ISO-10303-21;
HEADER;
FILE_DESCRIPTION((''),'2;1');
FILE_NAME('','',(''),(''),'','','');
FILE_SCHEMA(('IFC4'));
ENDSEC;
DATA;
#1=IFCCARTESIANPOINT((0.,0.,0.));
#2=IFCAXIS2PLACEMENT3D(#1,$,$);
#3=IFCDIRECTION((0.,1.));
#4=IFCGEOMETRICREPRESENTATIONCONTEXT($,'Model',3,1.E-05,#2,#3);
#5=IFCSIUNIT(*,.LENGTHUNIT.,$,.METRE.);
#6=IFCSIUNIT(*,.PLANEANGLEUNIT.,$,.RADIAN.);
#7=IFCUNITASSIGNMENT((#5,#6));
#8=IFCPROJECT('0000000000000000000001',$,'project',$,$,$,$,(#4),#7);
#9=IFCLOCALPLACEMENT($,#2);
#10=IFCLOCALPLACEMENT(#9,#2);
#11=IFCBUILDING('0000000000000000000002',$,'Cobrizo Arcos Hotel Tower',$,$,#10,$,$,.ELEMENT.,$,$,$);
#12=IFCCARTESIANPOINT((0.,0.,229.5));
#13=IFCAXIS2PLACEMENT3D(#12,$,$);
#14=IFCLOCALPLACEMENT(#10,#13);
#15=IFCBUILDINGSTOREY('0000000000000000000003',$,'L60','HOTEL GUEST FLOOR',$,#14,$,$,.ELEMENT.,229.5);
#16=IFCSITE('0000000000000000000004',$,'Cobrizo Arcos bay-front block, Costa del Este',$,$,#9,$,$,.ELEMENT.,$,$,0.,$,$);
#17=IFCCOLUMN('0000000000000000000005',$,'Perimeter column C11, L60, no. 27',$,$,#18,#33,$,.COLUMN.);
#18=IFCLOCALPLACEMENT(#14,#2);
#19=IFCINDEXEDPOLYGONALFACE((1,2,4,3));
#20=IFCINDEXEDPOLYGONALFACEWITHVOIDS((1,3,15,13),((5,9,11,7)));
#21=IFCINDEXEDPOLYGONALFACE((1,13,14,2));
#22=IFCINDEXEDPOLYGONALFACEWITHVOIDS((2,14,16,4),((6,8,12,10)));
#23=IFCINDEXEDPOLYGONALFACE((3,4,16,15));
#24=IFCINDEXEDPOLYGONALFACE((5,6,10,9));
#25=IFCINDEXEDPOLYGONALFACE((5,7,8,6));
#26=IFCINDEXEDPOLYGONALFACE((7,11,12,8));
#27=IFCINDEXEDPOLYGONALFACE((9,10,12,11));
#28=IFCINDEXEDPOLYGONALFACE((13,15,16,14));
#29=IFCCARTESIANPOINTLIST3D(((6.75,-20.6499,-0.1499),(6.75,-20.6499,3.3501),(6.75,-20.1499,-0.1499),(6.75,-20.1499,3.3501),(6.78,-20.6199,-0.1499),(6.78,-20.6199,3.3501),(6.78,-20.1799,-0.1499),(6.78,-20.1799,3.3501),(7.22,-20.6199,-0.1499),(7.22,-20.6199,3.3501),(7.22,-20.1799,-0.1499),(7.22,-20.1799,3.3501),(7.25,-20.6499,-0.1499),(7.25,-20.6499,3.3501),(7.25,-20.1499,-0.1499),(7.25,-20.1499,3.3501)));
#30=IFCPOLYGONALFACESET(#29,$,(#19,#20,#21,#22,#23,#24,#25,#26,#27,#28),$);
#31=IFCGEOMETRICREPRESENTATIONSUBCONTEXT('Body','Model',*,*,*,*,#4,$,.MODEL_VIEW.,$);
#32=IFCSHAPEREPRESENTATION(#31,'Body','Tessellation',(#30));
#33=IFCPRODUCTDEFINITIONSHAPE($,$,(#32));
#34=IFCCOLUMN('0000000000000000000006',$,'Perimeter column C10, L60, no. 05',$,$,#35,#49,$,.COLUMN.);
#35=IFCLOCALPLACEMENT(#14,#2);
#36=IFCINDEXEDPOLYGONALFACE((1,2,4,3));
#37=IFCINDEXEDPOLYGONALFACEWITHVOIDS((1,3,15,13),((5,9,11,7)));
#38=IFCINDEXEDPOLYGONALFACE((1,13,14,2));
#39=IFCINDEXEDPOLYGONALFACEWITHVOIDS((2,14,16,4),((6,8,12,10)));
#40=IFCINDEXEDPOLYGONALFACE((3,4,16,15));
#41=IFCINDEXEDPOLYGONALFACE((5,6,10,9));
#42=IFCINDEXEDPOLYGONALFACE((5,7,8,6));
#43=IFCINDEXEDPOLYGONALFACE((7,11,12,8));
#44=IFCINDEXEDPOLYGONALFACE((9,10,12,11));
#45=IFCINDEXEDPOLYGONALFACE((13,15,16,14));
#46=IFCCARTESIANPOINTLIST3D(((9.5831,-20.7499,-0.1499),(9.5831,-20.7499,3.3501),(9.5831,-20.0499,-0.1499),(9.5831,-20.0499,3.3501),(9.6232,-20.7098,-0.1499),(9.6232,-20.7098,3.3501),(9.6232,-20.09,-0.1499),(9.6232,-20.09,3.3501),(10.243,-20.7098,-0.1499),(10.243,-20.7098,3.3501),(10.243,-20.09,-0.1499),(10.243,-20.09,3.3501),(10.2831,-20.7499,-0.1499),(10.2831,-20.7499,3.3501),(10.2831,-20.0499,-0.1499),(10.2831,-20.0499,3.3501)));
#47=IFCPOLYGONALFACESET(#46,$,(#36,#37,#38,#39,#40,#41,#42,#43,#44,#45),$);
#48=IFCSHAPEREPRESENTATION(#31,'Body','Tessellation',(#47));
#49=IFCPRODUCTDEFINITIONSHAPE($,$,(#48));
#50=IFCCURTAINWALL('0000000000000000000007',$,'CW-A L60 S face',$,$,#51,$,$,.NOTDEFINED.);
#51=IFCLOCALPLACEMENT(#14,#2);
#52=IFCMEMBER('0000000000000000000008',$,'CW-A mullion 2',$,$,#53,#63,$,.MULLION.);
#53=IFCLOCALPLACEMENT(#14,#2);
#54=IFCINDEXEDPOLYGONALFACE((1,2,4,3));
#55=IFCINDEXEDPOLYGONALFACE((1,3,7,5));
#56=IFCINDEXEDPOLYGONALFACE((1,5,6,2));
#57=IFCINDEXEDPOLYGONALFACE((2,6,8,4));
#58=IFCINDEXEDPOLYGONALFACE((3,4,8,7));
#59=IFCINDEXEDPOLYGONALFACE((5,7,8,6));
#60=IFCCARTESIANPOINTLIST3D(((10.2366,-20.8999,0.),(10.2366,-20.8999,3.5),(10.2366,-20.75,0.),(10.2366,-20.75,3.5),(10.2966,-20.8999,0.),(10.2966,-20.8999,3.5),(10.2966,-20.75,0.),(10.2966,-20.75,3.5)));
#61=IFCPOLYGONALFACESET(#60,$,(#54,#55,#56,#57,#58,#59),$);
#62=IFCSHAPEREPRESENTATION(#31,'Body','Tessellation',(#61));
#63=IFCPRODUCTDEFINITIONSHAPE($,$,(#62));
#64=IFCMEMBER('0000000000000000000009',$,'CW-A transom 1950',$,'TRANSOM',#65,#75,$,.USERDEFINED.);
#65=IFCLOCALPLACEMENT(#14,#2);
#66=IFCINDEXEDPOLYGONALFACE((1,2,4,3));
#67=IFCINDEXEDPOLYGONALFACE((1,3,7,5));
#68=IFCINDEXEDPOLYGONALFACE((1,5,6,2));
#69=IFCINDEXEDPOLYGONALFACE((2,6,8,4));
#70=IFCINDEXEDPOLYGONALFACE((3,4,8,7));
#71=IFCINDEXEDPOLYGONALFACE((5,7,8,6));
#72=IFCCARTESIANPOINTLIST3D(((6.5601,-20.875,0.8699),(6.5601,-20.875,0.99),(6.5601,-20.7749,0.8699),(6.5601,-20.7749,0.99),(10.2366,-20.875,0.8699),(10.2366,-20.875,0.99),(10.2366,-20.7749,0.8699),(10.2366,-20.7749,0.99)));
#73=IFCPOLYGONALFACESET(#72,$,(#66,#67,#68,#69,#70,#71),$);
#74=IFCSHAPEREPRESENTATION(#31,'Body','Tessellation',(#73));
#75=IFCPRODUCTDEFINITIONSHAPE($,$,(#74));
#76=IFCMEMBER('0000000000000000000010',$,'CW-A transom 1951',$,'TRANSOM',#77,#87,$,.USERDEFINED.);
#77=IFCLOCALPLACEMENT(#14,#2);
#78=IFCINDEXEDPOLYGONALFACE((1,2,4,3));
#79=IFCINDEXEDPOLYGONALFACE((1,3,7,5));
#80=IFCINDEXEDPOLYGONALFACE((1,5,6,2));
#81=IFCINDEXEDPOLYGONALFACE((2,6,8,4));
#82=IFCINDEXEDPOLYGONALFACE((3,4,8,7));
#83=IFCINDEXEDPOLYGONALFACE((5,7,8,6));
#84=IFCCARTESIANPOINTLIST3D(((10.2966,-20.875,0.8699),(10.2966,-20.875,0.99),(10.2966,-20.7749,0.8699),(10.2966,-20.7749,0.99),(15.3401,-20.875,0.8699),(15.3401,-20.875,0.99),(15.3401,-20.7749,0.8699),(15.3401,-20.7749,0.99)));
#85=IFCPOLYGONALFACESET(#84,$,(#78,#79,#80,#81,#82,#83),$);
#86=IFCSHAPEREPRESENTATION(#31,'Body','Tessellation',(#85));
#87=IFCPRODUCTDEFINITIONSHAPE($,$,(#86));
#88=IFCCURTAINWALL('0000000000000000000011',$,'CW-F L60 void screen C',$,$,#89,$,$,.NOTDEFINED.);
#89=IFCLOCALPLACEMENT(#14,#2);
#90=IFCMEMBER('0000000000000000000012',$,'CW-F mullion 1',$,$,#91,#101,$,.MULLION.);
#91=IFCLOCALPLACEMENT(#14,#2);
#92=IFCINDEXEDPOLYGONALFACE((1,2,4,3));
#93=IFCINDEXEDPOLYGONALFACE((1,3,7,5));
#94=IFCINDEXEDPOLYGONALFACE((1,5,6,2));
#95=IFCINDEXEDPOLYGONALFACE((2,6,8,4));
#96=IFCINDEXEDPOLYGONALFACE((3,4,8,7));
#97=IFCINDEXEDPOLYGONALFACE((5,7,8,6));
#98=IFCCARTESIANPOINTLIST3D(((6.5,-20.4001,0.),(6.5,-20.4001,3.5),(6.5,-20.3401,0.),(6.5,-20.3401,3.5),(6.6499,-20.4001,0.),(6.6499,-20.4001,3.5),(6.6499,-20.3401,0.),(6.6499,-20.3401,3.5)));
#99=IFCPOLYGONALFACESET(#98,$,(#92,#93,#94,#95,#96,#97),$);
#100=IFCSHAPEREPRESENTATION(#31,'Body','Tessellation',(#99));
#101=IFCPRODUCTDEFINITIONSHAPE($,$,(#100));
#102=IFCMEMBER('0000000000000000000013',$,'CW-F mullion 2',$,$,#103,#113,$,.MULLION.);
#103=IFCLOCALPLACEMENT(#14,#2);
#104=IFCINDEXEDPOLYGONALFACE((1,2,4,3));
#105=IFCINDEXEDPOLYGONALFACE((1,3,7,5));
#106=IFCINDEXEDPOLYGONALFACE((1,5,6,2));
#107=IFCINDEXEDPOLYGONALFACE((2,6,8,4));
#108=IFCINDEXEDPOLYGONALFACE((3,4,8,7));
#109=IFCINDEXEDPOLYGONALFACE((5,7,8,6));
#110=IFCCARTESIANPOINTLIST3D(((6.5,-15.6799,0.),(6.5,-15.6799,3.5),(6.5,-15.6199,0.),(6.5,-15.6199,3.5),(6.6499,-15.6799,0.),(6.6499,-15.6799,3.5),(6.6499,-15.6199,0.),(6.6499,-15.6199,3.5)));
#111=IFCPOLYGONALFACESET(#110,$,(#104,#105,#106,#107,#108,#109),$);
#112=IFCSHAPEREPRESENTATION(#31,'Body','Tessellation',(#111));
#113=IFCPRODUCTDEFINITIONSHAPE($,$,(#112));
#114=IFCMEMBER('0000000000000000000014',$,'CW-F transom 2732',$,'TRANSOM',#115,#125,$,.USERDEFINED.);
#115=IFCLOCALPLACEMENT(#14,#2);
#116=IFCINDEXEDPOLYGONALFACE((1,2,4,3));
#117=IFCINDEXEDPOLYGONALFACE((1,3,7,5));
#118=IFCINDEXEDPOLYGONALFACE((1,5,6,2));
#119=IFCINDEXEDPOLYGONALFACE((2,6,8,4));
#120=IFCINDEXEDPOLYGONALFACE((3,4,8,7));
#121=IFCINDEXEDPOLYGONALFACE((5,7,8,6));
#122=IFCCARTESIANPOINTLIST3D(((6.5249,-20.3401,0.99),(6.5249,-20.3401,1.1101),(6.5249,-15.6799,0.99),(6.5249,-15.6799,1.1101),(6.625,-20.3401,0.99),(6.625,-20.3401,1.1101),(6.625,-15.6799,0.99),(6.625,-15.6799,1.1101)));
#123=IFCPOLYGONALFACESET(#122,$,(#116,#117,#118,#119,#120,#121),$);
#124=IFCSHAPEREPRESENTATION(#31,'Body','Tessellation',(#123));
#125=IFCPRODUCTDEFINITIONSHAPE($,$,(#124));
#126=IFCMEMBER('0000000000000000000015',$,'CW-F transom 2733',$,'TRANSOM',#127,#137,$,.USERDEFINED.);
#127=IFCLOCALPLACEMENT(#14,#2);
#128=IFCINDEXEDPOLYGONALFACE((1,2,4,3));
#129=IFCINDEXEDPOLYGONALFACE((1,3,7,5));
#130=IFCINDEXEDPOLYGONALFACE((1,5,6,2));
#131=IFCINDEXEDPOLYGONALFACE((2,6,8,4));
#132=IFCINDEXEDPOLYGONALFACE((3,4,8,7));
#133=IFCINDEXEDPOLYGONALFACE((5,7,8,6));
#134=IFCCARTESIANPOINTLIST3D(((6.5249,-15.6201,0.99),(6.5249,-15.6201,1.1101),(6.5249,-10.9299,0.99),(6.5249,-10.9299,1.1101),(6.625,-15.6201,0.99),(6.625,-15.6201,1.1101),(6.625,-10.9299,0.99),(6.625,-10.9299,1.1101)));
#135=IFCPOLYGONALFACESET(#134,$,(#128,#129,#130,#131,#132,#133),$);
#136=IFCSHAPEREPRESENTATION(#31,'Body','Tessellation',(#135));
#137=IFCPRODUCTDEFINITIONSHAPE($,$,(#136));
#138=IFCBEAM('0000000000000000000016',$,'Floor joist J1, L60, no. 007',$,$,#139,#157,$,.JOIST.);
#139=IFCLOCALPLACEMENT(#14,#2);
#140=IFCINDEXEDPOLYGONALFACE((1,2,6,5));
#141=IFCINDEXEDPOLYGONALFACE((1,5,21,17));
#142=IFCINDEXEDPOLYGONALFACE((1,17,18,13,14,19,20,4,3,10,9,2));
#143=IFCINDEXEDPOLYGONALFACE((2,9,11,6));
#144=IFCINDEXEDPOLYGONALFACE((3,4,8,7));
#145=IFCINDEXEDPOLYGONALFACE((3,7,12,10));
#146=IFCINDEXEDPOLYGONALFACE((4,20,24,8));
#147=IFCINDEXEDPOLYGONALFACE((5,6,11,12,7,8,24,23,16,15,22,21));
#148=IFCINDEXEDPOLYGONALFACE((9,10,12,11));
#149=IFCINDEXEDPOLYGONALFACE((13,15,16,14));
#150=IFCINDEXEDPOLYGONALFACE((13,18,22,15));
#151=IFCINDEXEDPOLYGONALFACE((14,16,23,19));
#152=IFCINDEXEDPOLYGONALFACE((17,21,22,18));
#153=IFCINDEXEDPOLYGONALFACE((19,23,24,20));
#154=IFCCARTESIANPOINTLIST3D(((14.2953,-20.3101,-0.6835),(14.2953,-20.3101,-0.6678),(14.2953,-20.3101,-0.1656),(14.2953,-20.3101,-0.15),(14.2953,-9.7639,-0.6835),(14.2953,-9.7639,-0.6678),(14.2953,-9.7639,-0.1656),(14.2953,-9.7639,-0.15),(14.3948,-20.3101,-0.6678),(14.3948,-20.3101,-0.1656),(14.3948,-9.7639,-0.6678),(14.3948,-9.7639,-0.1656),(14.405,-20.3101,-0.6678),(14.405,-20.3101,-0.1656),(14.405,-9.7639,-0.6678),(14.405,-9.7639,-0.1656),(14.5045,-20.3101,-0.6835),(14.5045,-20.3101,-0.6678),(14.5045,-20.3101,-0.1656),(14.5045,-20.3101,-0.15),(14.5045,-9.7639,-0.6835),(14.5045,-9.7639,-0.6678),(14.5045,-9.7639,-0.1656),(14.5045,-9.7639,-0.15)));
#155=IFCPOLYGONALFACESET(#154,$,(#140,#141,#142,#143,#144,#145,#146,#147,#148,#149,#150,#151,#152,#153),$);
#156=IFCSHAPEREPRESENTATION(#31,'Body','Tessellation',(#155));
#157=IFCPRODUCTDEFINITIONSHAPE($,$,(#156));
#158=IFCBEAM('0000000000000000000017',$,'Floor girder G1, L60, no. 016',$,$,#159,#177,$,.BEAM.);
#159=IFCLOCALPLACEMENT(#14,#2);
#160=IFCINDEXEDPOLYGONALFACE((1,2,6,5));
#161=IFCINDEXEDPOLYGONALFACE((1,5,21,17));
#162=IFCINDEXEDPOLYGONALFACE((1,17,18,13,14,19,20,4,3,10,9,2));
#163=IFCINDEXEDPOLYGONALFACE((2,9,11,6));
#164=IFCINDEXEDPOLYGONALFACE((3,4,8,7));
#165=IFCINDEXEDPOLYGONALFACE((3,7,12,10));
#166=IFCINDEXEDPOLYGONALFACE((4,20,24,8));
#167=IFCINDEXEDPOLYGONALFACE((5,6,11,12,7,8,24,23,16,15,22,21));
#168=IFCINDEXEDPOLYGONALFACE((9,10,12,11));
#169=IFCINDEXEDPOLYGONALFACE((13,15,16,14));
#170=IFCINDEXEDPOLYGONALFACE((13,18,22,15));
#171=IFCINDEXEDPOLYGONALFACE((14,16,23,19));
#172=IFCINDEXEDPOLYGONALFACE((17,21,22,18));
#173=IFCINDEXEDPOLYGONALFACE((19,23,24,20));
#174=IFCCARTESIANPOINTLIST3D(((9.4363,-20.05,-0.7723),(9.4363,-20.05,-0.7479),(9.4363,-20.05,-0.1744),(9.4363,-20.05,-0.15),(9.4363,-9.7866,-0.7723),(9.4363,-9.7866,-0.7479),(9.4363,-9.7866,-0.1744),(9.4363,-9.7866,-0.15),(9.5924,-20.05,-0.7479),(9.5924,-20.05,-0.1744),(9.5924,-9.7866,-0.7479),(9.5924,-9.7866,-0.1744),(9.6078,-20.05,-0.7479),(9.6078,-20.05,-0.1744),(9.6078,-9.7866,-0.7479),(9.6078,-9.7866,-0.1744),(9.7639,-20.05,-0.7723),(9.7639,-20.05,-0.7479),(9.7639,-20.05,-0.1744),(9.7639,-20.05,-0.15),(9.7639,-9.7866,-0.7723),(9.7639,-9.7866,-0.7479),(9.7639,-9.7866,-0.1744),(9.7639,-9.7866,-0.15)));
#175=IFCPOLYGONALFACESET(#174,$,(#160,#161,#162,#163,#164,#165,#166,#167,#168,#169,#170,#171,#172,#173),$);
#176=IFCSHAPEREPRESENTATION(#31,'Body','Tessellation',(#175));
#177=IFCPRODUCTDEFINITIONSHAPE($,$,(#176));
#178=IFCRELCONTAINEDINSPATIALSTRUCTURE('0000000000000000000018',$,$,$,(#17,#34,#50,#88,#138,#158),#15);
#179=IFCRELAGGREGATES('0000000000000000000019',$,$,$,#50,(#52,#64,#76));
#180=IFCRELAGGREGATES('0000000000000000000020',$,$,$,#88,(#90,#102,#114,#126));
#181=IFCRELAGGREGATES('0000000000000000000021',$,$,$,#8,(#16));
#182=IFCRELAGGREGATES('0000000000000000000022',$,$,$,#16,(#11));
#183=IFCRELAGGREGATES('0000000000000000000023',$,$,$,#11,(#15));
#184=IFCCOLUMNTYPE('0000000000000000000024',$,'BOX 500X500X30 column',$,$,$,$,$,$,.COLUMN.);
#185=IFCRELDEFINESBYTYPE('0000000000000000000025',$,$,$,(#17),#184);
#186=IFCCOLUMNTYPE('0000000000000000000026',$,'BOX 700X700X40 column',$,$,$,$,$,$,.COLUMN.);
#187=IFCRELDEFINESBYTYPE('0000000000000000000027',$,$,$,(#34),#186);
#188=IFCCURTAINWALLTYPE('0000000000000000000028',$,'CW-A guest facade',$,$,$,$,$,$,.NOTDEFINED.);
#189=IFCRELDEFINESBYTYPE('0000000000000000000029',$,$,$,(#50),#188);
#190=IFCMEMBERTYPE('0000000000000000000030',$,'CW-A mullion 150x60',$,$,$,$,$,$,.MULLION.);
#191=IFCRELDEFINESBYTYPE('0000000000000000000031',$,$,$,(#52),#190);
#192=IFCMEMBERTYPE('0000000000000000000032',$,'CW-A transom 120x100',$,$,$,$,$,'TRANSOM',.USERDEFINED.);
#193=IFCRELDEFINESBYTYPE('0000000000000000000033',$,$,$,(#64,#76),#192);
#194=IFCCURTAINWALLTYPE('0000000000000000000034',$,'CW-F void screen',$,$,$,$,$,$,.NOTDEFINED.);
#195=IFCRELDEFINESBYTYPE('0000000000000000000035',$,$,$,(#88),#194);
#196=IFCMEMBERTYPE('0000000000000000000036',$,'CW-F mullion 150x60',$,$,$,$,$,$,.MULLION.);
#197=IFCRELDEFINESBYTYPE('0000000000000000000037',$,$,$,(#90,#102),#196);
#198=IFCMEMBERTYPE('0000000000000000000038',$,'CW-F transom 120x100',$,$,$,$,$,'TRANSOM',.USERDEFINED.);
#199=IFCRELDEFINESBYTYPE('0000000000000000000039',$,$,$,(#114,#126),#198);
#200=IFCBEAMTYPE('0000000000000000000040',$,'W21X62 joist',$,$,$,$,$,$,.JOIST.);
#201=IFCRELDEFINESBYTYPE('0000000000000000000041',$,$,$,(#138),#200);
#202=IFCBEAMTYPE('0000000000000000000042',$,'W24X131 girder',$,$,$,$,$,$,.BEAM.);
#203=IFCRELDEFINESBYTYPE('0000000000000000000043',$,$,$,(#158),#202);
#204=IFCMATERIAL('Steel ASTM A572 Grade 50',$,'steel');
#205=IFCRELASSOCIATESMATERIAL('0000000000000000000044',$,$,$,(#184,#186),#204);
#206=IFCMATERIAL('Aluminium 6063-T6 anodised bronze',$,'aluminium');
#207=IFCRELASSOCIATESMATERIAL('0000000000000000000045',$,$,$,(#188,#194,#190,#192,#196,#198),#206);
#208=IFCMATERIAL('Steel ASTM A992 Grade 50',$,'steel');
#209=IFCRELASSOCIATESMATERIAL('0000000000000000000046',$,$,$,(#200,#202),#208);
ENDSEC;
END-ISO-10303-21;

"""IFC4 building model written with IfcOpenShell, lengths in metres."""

from ifc_helpers import new_model, si_unit, direction, frame, origin, origin_2d, place, context, subcontext, project, spatial, rectangle, hollow_rectangle, i_section, extrude, material, material_profile, profile_set, type_object, element, aggregate, save


model = new_model("IFC4")

# Units and contexts
model_context = context("Model", 3, precision=1e-05, world=origin(), true_north=direction((0.0, 1.0)))
body_context = subcontext(model_context, "Body", "Model", "MODEL_VIEW")
ifc_project = project(units=[si_unit("LENGTHUNIT", "METRE"), si_unit("PLANEANGLEUNIT", "RADIAN")], contexts=[model_context])

# Site, building, storey
site_placement = place(None, origin())
site = spatial("IfcSite", under=ifc_project, at=site_placement, Name="Cobrizo Arcos bay-front block, Costa del Este", CompositionType="ELEMENT", RefElevation=0.0)
building_placement = place(site_placement, origin())
building = spatial("IfcBuilding", under=site, at=building_placement, Name="Cobrizo Arcos Hotel Tower", CompositionType="ELEMENT")
storey_placement = place(building_placement, frame((0.0, 0.0, 229.5)))
storey = spatial("IfcBuildingStorey", under=building, at=storey_placement, Name="L60", Description="HOTEL GUEST FLOOR", CompositionType="ELEMENT", Elevation=229.5)

# Columns
ifc_material_1 = material(Name="Steel ASTM A572 Grade 50", Category="steel")
ifc_material_profile_1 = material_profile(ifc_material_1, hollow_rectangle(XDim=0.5, YDim=0.5, WallThickness=0.03, at=origin_2d()), Name="BOX 500X500X30")
ifc_profile_set_1 = profile_set([ifc_material_profile_1], Name="Steel ASTM A572 Grade 50")
column_type_1 = type_object("IfcColumnType", Name="BOX 500X500X30 column", PredefinedType="COLUMN", material=ifc_profile_set_1)
column_1_placement = place(storey_placement, frame((7.0, -20.3999, -0.1499), z_axis=(0.0, 0.0, 1.0), x_axis=(1.0, 0.0, 0.0)))
element("IfcColumn", 1, at=column_1_placement, inside=storey, type_object=column_type_1, Name="Perimeter column C11, L60, no. 27", PredefinedType="COLUMN", context=body_context, shape_type="SweptSolid", body=[
    extrude(hollow_rectangle(XDim=0.5, YDim=0.5, WallThickness=0.03, at=origin_2d()), origin(), (0.0, 0.0, 1.0), 3.5),
])
ifc_material_profile_2 = material_profile(ifc_material_1, hollow_rectangle(XDim=0.7, YDim=0.7, WallThickness=0.04, at=origin_2d()), Name="BOX 700X700X40")
ifc_profile_set_2 = profile_set([ifc_material_profile_2], Name="Steel ASTM A572 Grade 50")
column_type_2 = type_object("IfcColumnType", Name="BOX 700X700X40 column", PredefinedType="COLUMN", material=ifc_profile_set_2)
column_2_placement = place(storey_placement, frame((9.9331, -20.3999, -0.1499), z_axis=(0.0, 0.0, 1.0), x_axis=(1.0, 0.0, 0.0)))
element("IfcColumn", 2, at=column_2_placement, inside=storey, type_object=column_type_2, Name="Perimeter column C10, L60, no. 05", PredefinedType="COLUMN", context=body_context, shape_type="SweptSolid", body=[
    extrude(hollow_rectangle(XDim=0.7, YDim=0.7, WallThickness=0.04, at=origin_2d()), origin(), (0.0, 0.0, 1.0), 3.5),
])

# Curtain walls, members
ifc_material_2 = material(Name="Aluminium 6063-T6 anodised bronze", Category="aluminium")
curtain_wall_type_1 = type_object("IfcCurtainWallType", Name="CW-A guest facade", PredefinedType="NOTDEFINED", material=ifc_material_2)
curtain_wall_1_placement = place(storey_placement, origin())
curtain_wall_1 = element("IfcCurtainWall", 3, at=curtain_wall_1_placement, inside=storey, type_object=curtain_wall_type_1, Name="CW-A L60 S face", PredefinedType="NOTDEFINED")
ifc_material_profile_3 = material_profile(ifc_material_2, rectangle(XDim=0.1499, YDim=0.0601, at=origin_2d()), Name="CW-A mullion 150x60")
ifc_profile_set_3 = profile_set([ifc_material_profile_3], Name="Aluminium 6063-T6 anodised bronze")
member_type_1 = type_object("IfcMemberType", Name="CW-A mullion 150x60", PredefinedType="MULLION", material=ifc_profile_set_3)
member_1_placement = place(storey_placement, frame((10.2666, -20.825, 0.0), z_axis=(0.0, 0.0, 1.0), x_axis=(0.0, -1.0, 0.0)))
member_1 = element("IfcMember", 4, at=member_1_placement, type_object=member_type_1, Name="CW-A mullion 2", PredefinedType="MULLION", context=body_context, shape_type="SweptSolid", body=[
    extrude(rectangle(XDim=0.1499, YDim=0.0601, at=origin_2d()), origin(), (0.0, 0.0, 1.0), 3.5),
])
ifc_material_profile_4 = material_profile(ifc_material_2, rectangle(XDim=0.1001, YDim=0.1201, at=origin_2d()), Name="CW-A transom 120x100")
ifc_profile_set_4 = profile_set([ifc_material_profile_4], Name="Aluminium 6063-T6 anodised bronze")
member_type_2 = type_object("IfcMemberType", Name="CW-A transom 120x100", ElementType="TRANSOM", PredefinedType="USERDEFINED", material=ifc_profile_set_4)
member_2_placement = place(storey_placement, frame((6.5601, -20.825, 0.9299), z_axis=(1.0, 0.0, 0.0), x_axis=(0.0, 1.0, 0.0)))
member_2 = element("IfcMember", 5, at=member_2_placement, type_object=member_type_2, Name="CW-A transom 1950", ObjectType="TRANSOM", PredefinedType="USERDEFINED", context=body_context, shape_type="SweptSolid", body=[
    extrude(rectangle(XDim=0.1001, YDim=0.1201, at=origin_2d()), origin(), (0.0, 0.0, 1.0), 3.6765),
])
member_3_placement = place(storey_placement, frame((10.2966, -20.825, 0.9299), z_axis=(1.0, 0.0, 0.0), x_axis=(0.0, 1.0, 0.0)))
member_3 = element("IfcMember", 6, at=member_3_placement, type_object=member_type_2, Name="CW-A transom 1951", ObjectType="TRANSOM", PredefinedType="USERDEFINED", context=body_context, shape_type="SweptSolid", body=[
    extrude(rectangle(XDim=0.1001, YDim=0.1201, at=origin_2d()), origin(), (0.0, 0.0, 1.0), 5.0435),
])
curtain_wall_type_2 = type_object("IfcCurtainWallType", Name="CW-F void screen", PredefinedType="NOTDEFINED", material=ifc_material_2)
curtain_wall_2_placement = place(storey_placement, origin())
curtain_wall_2 = element("IfcCurtainWall", 7, at=curtain_wall_2_placement, inside=storey, type_object=curtain_wall_type_2, Name="CW-F L60 void screen C", PredefinedType="NOTDEFINED")
ifc_material_profile_5 = material_profile(ifc_material_2, rectangle(XDim=0.1499, YDim=0.0601, at=origin_2d()), Name="CW-F mullion 150x60")
ifc_profile_set_5 = profile_set([ifc_material_profile_5], Name="Aluminium 6063-T6 anodised bronze")
member_type_3 = type_object("IfcMemberType", Name="CW-F mullion 150x60", PredefinedType="MULLION", material=ifc_profile_set_5)
member_4_placement = place(storey_placement, frame((6.575, -20.3701, 0.0), z_axis=(0.0, 0.0, 1.0), x_axis=(1.0, 0.0, 0.0)))
member_4 = element("IfcMember", 8, at=member_4_placement, type_object=member_type_3, Name="CW-F mullion 1", PredefinedType="MULLION", context=body_context, shape_type="SweptSolid", body=[
    extrude(rectangle(XDim=0.1499, YDim=0.0601, at=origin_2d()), origin(), (0.0, 0.0, 1.0), 3.5),
])
member_5_placement = place(storey_placement, frame((6.575, -15.6499, 0.0), z_axis=(0.0, 0.0, 1.0), x_axis=(1.0, 0.0, 0.0)))
member_5 = element("IfcMember", 9, at=member_5_placement, type_object=member_type_3, Name="CW-F mullion 2", PredefinedType="MULLION", context=body_context, shape_type="SweptSolid", body=[
    extrude(rectangle(XDim=0.1499, YDim=0.0601, at=origin_2d()), origin(), (0.0, 0.0, 1.0), 3.5),
])
ifc_material_profile_6 = material_profile(ifc_material_2, rectangle(XDim=0.1001, YDim=0.1201, at=origin_2d()), Name="CW-F transom 120x100")
ifc_profile_set_6 = profile_set([ifc_material_profile_6], Name="Aluminium 6063-T6 anodised bronze")
member_type_4 = type_object("IfcMemberType", Name="CW-F transom 120x100", ElementType="TRANSOM", PredefinedType="USERDEFINED", material=ifc_profile_set_6)
member_6_placement = place(storey_placement, frame((6.575, -20.3401, 1.05), z_axis=(0.0, 1.0, 0.0), x_axis=(-1.0, 0.0, 0.0)))
member_6 = element("IfcMember", 10, at=member_6_placement, type_object=member_type_4, Name="CW-F transom 2732", ObjectType="TRANSOM", PredefinedType="USERDEFINED", context=body_context, shape_type="SweptSolid", body=[
    extrude(rectangle(XDim=0.1001, YDim=0.1201, at=origin_2d()), origin(), (0.0, 0.0, 1.0), 4.6602),
])
member_7_placement = place(storey_placement, frame((6.575, -15.6201, 1.05), z_axis=(0.0, 1.0, 0.0), x_axis=(-1.0, 0.0, 0.0)))
member_7 = element("IfcMember", 11, at=member_7_placement, type_object=member_type_4, Name="CW-F transom 2733", ObjectType="TRANSOM", PredefinedType="USERDEFINED", context=body_context, shape_type="SweptSolid", body=[
    extrude(rectangle(XDim=0.1001, YDim=0.1201, at=origin_2d()), origin(), (0.0, 0.0, 1.0), 4.6902),
])

# Beams
ifc_material_3 = material(Name="Steel ASTM A992 Grade 50", Category="steel")
ifc_material_profile_7 = material_profile(ifc_material_3, i_section(OverallWidth=0.2092, OverallDepth=0.5334, WebThickness=0.0103, FlangeThickness=0.0156, at=origin_2d()), Name="W21X62")
ifc_profile_set_7 = profile_set([ifc_material_profile_7], Name="Steel ASTM A992 Grade 50")
beam_type_1 = type_object("IfcBeamType", Name="W21X62 joist", PredefinedType="JOIST", material=ifc_profile_set_7)
beam_1_placement = place(storey_placement, frame((14.3999, -20.3101, -0.4167), z_axis=(0.0, 1.0, 0.0), x_axis=(-1.0, 0.0, 0.0)))
element("IfcBeam", 12, at=beam_1_placement, inside=storey, type_object=beam_type_1, Name="Floor joist J1, L60, no. 007", PredefinedType="JOIST", context=body_context, shape_type="SweptSolid", body=[
    extrude(i_section(OverallWidth=0.2092, OverallDepth=0.5334, WebThickness=0.0103, FlangeThickness=0.0156, at=origin_2d()), origin(), (0.0, 0.0, 1.0), 10.5461),
])
ifc_material_profile_8 = material_profile(ifc_material_3, i_section(OverallWidth=0.3276, OverallDepth=0.6223, WebThickness=0.0154, FlangeThickness=0.0244, at=origin_2d()), Name="W24X131")
ifc_profile_set_8 = profile_set([ifc_material_profile_8], Name="Steel ASTM A992 Grade 50")
beam_type_2 = type_object("IfcBeamType", Name="W24X131 girder", PredefinedType="BEAM", material=ifc_profile_set_8)
beam_2_placement = place(storey_placement, frame((9.6001, -20.05, -0.4612), z_axis=(0.0, 1.0, 0.0), x_axis=(-1.0, 0.0, 0.0)))
element("IfcBeam", 13, at=beam_2_placement, inside=storey, type_object=beam_type_2, Name="Floor girder G1, L60, no. 016", PredefinedType="BEAM", context=body_context, shape_type="SweptSolid", body=[
    extrude(i_section(OverallWidth=0.3276, OverallDepth=0.6223, WebThickness=0.0154, FlangeThickness=0.0244, at=origin_2d()), origin(), (0.0, 0.0, 1.0), 10.2634),
])

aggregate(curtain_wall_1, [member_1, member_2, member_3])
aggregate(curtain_wall_2, [member_4, member_5, member_6, member_7])

save(model, "model.ifc")
